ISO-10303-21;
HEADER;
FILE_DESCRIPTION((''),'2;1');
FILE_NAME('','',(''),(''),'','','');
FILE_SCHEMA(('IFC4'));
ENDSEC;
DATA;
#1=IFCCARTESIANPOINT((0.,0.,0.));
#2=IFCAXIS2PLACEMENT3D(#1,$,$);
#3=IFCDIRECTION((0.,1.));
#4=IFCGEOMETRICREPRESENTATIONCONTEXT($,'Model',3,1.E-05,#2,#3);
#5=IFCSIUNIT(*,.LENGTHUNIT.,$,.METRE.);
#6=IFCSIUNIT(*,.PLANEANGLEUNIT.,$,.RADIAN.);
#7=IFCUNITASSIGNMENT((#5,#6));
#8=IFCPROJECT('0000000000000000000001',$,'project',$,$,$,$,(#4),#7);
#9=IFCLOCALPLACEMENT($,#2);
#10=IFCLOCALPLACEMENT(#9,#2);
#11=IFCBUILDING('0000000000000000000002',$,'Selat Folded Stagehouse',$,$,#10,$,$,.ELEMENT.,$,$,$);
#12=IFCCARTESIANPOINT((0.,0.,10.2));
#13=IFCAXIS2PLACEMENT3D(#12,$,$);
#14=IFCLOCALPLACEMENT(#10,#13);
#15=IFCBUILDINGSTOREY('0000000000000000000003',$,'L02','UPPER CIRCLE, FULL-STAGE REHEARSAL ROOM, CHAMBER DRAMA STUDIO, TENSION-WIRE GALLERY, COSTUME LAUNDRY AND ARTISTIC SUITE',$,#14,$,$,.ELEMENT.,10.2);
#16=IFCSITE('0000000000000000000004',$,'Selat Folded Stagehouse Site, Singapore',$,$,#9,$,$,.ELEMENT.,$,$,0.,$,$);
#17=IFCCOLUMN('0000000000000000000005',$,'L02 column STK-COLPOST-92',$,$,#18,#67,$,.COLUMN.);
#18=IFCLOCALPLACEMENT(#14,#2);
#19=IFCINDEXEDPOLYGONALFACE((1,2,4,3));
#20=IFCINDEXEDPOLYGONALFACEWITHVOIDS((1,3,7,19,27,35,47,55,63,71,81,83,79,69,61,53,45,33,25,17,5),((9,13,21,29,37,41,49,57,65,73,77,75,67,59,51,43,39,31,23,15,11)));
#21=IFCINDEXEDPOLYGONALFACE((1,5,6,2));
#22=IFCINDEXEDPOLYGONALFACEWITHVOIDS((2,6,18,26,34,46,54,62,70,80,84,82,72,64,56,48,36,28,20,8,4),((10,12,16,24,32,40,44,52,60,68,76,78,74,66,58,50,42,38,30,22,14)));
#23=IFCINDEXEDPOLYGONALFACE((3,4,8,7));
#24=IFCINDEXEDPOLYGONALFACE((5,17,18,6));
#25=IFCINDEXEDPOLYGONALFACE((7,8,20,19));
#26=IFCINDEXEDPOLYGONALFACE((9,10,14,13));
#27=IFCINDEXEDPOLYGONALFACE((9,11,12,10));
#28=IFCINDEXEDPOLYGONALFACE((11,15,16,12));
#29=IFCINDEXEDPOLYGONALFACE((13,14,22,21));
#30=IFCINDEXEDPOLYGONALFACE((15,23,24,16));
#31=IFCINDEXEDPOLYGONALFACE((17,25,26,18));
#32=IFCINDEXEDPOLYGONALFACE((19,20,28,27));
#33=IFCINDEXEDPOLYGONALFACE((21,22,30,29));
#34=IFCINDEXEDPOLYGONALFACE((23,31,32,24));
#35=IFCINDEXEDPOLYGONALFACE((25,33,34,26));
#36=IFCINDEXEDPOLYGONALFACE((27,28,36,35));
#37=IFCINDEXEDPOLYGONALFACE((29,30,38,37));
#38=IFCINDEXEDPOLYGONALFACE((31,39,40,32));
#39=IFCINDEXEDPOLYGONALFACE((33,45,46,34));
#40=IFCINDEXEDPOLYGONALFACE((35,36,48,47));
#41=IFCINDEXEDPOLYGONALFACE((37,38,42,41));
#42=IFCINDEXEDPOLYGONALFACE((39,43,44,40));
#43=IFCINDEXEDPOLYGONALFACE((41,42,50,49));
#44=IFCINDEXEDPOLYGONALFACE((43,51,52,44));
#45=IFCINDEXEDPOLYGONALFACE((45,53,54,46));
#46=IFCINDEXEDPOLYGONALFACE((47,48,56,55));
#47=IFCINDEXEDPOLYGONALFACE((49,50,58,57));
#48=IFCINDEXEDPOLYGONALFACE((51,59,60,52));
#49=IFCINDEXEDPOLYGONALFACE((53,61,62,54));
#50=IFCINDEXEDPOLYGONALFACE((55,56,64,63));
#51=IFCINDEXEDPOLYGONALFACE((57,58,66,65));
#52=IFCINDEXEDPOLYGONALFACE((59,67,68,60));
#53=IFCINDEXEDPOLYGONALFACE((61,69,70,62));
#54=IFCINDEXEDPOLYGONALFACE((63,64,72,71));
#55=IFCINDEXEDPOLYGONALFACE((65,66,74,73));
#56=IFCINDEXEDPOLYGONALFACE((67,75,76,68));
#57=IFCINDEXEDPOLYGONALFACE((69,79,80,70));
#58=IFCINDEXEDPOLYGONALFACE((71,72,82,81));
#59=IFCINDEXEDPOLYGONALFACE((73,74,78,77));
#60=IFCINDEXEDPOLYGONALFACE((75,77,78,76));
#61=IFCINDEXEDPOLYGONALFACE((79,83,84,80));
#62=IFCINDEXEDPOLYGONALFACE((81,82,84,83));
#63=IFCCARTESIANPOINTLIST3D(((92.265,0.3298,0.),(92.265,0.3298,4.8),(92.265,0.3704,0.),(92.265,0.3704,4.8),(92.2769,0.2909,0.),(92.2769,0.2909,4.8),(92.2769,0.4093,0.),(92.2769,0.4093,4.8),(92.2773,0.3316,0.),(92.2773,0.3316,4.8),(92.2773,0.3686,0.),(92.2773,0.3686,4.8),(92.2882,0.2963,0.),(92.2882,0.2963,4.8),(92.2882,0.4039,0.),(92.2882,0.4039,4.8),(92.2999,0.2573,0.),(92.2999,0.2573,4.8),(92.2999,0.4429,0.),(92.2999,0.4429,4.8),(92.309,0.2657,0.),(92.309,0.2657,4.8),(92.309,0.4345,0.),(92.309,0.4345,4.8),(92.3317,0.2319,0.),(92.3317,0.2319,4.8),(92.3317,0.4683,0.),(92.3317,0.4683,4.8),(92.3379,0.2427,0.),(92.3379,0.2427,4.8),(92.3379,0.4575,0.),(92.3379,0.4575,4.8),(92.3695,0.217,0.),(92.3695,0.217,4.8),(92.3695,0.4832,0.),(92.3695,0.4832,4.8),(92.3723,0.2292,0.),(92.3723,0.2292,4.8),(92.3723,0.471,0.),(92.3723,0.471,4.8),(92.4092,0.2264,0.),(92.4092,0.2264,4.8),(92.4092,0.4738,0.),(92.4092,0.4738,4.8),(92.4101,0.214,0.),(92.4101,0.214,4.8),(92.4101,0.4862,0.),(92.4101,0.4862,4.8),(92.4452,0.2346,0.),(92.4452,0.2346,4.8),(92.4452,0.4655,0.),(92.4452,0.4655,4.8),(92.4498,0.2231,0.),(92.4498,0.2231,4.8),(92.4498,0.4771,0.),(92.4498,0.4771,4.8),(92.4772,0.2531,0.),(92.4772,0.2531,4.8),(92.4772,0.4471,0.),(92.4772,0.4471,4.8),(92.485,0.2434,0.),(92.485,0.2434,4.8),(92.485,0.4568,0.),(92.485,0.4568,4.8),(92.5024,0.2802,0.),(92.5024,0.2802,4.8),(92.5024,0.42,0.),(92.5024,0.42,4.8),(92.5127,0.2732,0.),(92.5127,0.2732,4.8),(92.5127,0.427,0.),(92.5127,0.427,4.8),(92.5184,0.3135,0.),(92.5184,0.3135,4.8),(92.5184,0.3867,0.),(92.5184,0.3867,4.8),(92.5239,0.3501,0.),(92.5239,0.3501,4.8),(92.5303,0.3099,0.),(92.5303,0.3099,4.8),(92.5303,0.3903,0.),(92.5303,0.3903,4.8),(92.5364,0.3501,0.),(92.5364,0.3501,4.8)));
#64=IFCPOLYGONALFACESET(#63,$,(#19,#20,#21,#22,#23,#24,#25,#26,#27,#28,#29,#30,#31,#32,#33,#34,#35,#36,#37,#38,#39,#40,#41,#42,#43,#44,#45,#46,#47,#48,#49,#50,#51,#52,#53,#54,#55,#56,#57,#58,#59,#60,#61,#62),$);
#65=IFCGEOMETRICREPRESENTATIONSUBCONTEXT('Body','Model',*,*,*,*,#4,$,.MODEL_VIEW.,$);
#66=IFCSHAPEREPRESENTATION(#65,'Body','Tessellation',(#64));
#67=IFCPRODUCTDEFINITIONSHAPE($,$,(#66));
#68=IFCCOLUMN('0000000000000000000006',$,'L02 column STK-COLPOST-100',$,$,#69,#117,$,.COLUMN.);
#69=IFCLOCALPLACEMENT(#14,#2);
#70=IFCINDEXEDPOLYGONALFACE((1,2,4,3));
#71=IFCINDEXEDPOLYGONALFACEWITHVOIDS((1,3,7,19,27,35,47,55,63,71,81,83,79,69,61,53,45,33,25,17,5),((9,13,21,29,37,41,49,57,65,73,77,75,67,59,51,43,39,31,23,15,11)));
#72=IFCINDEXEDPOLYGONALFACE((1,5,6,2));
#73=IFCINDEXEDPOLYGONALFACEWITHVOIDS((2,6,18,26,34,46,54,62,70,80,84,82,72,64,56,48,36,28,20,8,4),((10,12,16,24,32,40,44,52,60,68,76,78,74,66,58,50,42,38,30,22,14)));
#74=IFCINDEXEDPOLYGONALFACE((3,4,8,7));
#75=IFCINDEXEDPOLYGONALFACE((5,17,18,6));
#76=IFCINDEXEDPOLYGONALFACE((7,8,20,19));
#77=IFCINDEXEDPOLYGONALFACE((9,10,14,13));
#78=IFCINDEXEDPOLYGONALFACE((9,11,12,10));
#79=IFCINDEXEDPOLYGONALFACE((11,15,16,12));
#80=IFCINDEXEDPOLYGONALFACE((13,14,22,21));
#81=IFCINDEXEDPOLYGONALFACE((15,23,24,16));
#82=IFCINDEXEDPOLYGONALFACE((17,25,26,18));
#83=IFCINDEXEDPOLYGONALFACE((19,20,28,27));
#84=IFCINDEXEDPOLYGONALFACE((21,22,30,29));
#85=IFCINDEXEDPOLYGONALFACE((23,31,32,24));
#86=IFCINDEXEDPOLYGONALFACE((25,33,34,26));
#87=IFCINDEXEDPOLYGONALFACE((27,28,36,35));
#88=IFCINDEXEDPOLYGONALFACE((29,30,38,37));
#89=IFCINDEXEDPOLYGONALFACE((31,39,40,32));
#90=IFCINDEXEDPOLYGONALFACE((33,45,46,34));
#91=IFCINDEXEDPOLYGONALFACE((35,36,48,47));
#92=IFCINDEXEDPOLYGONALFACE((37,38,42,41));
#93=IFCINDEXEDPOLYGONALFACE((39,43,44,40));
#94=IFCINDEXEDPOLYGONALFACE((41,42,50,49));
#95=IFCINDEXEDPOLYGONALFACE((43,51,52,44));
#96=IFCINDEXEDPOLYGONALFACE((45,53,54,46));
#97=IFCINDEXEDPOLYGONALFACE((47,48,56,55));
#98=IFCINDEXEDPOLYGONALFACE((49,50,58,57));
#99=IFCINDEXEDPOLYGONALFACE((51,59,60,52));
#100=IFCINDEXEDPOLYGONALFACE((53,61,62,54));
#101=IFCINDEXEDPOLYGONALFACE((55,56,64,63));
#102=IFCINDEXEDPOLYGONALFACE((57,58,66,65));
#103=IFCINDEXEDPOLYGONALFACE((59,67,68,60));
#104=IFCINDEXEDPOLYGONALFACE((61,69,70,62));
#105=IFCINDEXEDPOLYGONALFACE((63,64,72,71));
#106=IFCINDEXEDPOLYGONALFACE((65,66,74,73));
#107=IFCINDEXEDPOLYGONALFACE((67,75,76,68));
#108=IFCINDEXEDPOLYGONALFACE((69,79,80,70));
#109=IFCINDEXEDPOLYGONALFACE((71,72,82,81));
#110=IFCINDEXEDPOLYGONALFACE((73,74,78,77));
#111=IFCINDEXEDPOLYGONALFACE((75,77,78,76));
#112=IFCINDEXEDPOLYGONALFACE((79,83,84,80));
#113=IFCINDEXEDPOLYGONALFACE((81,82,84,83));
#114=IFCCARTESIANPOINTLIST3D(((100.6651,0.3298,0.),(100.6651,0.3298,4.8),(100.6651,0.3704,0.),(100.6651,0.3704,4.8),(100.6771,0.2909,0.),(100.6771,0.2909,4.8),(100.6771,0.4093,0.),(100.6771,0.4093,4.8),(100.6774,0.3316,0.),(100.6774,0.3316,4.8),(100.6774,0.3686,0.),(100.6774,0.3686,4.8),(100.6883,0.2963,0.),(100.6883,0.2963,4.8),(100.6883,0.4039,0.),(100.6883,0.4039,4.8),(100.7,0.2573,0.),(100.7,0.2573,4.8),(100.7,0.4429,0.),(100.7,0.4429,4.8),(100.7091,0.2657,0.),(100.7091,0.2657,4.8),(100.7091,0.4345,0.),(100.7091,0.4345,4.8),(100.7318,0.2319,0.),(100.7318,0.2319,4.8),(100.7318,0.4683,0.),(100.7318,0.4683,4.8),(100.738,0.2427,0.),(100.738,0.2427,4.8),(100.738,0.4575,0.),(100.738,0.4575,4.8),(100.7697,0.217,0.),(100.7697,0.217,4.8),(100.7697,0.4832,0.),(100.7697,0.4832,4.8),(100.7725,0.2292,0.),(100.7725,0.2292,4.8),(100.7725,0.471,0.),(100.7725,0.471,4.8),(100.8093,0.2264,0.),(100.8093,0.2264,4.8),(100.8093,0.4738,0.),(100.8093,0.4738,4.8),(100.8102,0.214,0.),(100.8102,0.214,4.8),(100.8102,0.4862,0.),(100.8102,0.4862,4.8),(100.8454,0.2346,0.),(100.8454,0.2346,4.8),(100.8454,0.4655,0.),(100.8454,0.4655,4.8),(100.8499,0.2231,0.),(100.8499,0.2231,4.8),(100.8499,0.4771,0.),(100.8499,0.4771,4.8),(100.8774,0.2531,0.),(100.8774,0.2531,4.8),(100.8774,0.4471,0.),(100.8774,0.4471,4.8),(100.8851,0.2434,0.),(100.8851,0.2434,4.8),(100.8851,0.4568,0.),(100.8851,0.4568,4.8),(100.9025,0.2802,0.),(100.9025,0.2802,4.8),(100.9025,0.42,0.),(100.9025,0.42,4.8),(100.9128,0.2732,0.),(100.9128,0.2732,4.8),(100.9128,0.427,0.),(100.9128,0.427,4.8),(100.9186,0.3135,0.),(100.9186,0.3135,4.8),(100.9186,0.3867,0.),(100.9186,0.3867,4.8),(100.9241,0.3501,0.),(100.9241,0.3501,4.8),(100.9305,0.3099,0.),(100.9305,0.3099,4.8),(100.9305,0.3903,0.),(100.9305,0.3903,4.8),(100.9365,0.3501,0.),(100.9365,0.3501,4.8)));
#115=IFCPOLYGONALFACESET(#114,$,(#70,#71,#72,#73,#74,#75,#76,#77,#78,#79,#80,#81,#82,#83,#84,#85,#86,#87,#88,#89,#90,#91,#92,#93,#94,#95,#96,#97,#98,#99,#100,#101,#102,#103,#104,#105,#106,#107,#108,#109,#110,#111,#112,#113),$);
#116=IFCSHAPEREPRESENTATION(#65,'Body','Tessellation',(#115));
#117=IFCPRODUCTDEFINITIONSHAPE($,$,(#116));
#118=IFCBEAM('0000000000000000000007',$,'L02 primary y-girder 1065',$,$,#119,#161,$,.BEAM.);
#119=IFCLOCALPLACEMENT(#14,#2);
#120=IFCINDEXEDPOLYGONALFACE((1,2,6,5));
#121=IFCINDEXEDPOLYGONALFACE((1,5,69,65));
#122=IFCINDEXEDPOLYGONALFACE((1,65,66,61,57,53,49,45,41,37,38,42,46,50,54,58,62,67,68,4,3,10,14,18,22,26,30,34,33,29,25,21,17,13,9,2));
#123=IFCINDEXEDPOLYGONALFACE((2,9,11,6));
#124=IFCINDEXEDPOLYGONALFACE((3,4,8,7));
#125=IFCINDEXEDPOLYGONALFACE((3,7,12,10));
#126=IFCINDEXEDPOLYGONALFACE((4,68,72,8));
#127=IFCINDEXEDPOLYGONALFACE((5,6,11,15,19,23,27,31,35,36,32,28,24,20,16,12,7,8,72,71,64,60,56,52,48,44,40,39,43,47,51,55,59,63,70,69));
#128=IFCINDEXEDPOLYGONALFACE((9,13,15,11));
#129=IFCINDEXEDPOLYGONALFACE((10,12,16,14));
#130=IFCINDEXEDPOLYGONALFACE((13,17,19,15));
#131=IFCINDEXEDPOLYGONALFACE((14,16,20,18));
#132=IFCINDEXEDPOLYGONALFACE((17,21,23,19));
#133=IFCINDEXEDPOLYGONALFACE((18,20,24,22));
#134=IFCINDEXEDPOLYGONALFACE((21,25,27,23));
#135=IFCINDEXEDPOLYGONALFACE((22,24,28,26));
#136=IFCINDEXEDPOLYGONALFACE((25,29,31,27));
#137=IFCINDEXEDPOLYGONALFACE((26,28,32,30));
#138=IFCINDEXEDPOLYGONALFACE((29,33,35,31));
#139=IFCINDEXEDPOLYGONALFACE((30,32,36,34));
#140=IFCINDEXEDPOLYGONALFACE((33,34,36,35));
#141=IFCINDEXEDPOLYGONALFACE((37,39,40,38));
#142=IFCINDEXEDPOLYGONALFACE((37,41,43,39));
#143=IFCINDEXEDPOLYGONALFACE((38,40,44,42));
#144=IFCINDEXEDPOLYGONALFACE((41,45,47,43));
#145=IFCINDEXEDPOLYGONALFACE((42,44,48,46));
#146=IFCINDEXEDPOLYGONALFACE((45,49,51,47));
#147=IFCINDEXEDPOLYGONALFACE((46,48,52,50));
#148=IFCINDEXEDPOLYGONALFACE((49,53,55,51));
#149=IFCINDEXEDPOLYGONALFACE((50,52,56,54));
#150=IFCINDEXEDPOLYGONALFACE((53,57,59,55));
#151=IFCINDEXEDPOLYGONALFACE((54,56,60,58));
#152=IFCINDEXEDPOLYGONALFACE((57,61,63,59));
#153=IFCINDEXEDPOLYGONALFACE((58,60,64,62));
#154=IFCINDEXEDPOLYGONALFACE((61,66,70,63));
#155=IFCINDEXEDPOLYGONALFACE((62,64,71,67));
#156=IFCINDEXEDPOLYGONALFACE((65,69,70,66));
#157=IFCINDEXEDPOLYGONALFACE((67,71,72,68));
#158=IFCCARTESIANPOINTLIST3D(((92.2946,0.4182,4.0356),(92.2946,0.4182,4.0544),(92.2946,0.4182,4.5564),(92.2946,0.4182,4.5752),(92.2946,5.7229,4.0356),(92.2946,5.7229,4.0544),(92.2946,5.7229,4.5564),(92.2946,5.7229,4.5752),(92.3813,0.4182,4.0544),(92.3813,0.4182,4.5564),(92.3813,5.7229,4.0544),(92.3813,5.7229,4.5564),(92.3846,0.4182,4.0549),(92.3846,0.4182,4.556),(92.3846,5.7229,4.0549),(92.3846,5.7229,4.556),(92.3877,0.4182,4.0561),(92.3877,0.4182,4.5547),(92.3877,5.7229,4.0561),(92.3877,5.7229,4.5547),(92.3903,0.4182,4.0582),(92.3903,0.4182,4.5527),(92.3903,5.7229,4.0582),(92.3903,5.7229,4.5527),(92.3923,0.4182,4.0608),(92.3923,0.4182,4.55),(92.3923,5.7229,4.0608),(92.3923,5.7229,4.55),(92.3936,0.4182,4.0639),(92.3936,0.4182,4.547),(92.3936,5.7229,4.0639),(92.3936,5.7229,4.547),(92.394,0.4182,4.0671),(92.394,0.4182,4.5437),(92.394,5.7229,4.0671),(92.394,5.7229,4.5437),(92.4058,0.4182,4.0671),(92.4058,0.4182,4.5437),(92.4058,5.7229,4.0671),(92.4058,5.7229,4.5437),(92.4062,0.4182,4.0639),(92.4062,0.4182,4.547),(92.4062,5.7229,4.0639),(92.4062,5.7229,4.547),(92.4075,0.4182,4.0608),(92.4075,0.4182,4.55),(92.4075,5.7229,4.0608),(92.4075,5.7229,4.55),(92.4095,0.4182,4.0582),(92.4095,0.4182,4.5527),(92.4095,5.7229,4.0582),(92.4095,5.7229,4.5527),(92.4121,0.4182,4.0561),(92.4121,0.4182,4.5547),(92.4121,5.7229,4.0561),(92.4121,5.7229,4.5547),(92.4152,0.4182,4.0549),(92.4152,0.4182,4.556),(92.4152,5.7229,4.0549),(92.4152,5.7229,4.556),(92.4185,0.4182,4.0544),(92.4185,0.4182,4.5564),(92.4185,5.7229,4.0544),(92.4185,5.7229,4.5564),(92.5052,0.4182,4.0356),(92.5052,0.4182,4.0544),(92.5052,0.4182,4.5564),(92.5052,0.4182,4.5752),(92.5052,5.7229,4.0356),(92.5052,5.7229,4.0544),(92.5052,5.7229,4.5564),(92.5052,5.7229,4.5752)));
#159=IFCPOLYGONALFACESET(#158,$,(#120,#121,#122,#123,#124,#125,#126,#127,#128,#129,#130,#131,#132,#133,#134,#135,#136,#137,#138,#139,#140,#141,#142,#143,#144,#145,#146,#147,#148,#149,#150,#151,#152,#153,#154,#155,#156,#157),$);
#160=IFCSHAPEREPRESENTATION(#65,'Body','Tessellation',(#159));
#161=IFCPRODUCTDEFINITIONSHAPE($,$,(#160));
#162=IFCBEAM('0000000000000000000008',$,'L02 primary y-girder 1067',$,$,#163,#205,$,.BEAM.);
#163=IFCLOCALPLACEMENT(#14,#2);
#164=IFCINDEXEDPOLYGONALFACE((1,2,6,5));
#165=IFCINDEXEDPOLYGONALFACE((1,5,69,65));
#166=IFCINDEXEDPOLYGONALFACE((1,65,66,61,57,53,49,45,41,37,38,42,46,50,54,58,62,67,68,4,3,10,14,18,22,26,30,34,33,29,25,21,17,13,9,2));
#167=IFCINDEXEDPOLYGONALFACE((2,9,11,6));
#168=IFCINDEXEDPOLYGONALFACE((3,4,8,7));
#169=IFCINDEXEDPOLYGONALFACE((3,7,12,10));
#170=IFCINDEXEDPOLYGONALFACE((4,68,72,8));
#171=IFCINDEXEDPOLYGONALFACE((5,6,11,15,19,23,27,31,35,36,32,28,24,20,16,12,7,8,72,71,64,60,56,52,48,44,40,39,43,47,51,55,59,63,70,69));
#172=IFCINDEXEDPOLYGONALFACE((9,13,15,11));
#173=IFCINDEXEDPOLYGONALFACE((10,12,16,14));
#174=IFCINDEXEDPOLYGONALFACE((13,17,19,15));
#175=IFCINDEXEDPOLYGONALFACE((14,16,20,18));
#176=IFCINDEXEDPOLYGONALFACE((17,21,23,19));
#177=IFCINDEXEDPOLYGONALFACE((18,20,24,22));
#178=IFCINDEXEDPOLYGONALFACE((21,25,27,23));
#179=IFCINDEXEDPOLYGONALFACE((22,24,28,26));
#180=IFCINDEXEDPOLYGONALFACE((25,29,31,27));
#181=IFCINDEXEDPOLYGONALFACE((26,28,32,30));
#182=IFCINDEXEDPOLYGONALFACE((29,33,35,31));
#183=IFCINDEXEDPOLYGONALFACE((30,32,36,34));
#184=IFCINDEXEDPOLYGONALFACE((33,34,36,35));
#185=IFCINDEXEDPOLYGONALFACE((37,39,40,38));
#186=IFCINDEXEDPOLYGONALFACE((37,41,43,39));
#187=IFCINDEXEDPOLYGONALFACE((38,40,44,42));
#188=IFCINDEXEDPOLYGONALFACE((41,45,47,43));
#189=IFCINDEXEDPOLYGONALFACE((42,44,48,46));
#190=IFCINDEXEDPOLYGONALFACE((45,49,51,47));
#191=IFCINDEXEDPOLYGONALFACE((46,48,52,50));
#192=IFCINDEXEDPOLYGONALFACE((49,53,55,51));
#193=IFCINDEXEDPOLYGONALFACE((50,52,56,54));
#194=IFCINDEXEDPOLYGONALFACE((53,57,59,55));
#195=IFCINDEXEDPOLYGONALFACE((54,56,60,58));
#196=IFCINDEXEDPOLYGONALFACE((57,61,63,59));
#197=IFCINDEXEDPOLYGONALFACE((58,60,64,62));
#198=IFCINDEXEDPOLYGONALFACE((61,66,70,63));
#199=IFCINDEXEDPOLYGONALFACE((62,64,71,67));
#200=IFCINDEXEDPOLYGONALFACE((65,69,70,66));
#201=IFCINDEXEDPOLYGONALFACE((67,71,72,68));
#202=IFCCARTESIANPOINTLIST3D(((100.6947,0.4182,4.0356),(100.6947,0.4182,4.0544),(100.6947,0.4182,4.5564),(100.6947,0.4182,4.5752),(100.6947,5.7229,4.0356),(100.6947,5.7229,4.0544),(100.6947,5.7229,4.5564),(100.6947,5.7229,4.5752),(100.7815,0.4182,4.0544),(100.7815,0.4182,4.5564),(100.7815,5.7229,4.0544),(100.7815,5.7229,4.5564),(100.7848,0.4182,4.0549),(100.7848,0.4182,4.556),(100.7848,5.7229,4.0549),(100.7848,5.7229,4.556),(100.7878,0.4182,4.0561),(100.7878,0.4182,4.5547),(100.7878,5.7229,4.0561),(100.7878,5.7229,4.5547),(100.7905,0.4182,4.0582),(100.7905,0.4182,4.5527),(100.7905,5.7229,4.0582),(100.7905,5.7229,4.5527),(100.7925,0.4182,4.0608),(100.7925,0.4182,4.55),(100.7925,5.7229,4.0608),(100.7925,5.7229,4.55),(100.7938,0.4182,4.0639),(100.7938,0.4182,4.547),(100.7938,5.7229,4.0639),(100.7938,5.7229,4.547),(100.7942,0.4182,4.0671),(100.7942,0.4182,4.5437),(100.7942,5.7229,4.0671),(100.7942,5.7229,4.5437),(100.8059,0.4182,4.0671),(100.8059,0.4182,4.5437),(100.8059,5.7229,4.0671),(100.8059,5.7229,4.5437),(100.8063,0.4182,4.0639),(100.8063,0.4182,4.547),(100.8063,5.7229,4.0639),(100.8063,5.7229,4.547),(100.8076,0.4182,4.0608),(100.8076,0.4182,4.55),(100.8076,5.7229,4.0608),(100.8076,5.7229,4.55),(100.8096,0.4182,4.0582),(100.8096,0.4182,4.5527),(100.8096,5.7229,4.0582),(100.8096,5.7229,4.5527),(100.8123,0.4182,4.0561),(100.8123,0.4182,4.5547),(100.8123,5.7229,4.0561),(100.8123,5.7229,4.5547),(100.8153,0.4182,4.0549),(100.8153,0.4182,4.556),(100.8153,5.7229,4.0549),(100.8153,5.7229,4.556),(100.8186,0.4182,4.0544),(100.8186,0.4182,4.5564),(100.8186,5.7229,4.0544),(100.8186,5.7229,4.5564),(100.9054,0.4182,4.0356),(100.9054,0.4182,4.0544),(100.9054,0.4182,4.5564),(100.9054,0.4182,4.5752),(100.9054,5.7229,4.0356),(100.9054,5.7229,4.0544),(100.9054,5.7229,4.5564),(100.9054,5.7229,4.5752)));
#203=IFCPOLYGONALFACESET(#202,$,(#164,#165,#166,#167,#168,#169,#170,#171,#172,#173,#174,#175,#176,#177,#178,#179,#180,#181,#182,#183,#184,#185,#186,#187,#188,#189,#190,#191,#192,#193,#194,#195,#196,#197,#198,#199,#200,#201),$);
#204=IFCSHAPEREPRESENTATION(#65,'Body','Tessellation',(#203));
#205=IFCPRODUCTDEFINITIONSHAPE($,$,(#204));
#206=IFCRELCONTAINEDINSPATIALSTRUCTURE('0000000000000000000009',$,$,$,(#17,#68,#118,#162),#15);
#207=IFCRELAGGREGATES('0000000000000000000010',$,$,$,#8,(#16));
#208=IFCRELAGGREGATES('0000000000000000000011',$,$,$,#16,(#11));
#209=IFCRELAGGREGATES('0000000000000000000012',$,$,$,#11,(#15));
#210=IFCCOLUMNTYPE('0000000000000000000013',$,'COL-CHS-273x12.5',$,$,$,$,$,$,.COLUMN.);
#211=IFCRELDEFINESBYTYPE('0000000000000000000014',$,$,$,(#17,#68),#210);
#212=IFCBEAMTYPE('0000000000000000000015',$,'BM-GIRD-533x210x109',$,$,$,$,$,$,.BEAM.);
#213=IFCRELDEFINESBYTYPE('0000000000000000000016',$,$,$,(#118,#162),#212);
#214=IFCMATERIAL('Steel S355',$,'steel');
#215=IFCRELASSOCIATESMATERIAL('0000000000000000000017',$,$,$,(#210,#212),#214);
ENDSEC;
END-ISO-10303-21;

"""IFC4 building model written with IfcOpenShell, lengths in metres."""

from ifc_helpers import new_model, si_unit, direction, frame, origin, origin_2d, place, context, subcontext, project, spatial, hollow_circle, i_section, extrude, material, material_profile, profile_set, type_object, element, save


model = new_model("IFC4")

# Units and contexts
model_context = context("Model", 3, precision=1e-05, world=origin(), true_north=direction((0.0, 1.0)))
body_context = subcontext(model_context, "Body", "Model", "MODEL_VIEW")
ifc_project = project(units=[si_unit("LENGTHUNIT", "METRE"), si_unit("PLANEANGLEUNIT", "RADIAN")], contexts=[model_context])

# Site, building, storey
site_placement = place(None, origin())
site = spatial("IfcSite", under=ifc_project, at=site_placement, Name="Selat Folded Stagehouse Site, Singapore", CompositionType="ELEMENT", RefElevation=0.0)
building_placement = place(site_placement, origin())
building = spatial("IfcBuilding", under=site, at=building_placement, Name="Selat Folded Stagehouse", CompositionType="ELEMENT")
storey_placement = place(building_placement, frame((0.0, 0.0, 10.2)))
storey = spatial("IfcBuildingStorey", under=building, at=storey_placement, Name="L02", Description="UPPER CIRCLE, FULL-STAGE REHEARSAL ROOM, CHAMBER DRAMA STUDIO, TENSION-WIRE GALLERY, COSTUME LAUNDRY AND ARTISTIC SUITE", CompositionType="ELEMENT", Elevation=10.2)

# Columns
ifc_material_1 = material(Name="Steel S355", Category="steel")
ifc_material_profile_1 = material_profile(ifc_material_1, hollow_circle(Radius=0.1365, WallThickness=0.0125, at=origin_2d()), Name="CHS 273.0x12.5")
ifc_profile_set_1 = profile_set([ifc_material_profile_1], Name="Steel S355")
column_type = type_object("IfcColumnType", Name="COL-CHS-273x12.5", PredefinedType="COLUMN", material=ifc_profile_set_1)
for number, where, z_axis, x_axis, name in (
    (1, (92.3999, 0.3501, 0.0), (0.0, 0.0, 1.0), (1.0, 0.0, 0.0), "L02 column STK-COLPOST-92"),
    (2, (100.8, 0.3501, 0.0), (0.0, 0.0, 1.0), (1.0, 0.0, 0.0), "L02 column STK-COLPOST-100"),
):
    element("IfcColumn", number, at=place(storey_placement, frame(where, z_axis=z_axis, x_axis=x_axis)), inside=storey, type_object=column_type, Name=name, PredefinedType="COLUMN", context=body_context, shape_type="SweptSolid", body=[
        extrude(hollow_circle(Radius=0.1365, WallThickness=0.0125, at=origin_2d()), origin(), (0.0, 0.0, 1.0), 4.8),
    ])

# Beams
ifc_material_profile_2 = material_profile(ifc_material_1, i_section(OverallWidth=0.2107, OverallDepth=0.5396, WebThickness=0.0117, FlangeThickness=0.0188, FilletRadius=0.0127, at=origin_2d()), Name="UKB 533x210x109")
ifc_profile_set_2 = profile_set([ifc_material_profile_2], Name="Steel S355")
beam_type_1 = type_object("IfcBeamType", Name="BM-GIRD-533x210x109", PredefinedType="BEAM", material=ifc_profile_set_2)
for number, where, z_axis, x_axis, name in (
    (3, (92.3999, 0.4182, 4.3054), (0.0, 1.0, 0.0), (-1.0, 0.0, 0.0), "L02 primary y-girder 1065"),
    (4, (100.8, 0.4182, 4.3054), (0.0, 1.0, 0.0), (-1.0, 0.0, 0.0), "L02 primary y-girder 1067"),
):
    element("IfcBeam", number, at=place(storey_placement, frame(where, z_axis=z_axis, x_axis=x_axis)), inside=storey, type_object=beam_type_1, Name=name, PredefinedType="BEAM", context=body_context, shape_type="SweptSolid", body=[
        extrude(i_section(OverallWidth=0.2107, OverallDepth=0.5396, WebThickness=0.0117, FlangeThickness=0.0188, FilletRadius=0.0127, at=origin_2d()), origin(), (0.0, 0.0, 1.0), 5.3047),
    ])

save(model, "model.ifc")
